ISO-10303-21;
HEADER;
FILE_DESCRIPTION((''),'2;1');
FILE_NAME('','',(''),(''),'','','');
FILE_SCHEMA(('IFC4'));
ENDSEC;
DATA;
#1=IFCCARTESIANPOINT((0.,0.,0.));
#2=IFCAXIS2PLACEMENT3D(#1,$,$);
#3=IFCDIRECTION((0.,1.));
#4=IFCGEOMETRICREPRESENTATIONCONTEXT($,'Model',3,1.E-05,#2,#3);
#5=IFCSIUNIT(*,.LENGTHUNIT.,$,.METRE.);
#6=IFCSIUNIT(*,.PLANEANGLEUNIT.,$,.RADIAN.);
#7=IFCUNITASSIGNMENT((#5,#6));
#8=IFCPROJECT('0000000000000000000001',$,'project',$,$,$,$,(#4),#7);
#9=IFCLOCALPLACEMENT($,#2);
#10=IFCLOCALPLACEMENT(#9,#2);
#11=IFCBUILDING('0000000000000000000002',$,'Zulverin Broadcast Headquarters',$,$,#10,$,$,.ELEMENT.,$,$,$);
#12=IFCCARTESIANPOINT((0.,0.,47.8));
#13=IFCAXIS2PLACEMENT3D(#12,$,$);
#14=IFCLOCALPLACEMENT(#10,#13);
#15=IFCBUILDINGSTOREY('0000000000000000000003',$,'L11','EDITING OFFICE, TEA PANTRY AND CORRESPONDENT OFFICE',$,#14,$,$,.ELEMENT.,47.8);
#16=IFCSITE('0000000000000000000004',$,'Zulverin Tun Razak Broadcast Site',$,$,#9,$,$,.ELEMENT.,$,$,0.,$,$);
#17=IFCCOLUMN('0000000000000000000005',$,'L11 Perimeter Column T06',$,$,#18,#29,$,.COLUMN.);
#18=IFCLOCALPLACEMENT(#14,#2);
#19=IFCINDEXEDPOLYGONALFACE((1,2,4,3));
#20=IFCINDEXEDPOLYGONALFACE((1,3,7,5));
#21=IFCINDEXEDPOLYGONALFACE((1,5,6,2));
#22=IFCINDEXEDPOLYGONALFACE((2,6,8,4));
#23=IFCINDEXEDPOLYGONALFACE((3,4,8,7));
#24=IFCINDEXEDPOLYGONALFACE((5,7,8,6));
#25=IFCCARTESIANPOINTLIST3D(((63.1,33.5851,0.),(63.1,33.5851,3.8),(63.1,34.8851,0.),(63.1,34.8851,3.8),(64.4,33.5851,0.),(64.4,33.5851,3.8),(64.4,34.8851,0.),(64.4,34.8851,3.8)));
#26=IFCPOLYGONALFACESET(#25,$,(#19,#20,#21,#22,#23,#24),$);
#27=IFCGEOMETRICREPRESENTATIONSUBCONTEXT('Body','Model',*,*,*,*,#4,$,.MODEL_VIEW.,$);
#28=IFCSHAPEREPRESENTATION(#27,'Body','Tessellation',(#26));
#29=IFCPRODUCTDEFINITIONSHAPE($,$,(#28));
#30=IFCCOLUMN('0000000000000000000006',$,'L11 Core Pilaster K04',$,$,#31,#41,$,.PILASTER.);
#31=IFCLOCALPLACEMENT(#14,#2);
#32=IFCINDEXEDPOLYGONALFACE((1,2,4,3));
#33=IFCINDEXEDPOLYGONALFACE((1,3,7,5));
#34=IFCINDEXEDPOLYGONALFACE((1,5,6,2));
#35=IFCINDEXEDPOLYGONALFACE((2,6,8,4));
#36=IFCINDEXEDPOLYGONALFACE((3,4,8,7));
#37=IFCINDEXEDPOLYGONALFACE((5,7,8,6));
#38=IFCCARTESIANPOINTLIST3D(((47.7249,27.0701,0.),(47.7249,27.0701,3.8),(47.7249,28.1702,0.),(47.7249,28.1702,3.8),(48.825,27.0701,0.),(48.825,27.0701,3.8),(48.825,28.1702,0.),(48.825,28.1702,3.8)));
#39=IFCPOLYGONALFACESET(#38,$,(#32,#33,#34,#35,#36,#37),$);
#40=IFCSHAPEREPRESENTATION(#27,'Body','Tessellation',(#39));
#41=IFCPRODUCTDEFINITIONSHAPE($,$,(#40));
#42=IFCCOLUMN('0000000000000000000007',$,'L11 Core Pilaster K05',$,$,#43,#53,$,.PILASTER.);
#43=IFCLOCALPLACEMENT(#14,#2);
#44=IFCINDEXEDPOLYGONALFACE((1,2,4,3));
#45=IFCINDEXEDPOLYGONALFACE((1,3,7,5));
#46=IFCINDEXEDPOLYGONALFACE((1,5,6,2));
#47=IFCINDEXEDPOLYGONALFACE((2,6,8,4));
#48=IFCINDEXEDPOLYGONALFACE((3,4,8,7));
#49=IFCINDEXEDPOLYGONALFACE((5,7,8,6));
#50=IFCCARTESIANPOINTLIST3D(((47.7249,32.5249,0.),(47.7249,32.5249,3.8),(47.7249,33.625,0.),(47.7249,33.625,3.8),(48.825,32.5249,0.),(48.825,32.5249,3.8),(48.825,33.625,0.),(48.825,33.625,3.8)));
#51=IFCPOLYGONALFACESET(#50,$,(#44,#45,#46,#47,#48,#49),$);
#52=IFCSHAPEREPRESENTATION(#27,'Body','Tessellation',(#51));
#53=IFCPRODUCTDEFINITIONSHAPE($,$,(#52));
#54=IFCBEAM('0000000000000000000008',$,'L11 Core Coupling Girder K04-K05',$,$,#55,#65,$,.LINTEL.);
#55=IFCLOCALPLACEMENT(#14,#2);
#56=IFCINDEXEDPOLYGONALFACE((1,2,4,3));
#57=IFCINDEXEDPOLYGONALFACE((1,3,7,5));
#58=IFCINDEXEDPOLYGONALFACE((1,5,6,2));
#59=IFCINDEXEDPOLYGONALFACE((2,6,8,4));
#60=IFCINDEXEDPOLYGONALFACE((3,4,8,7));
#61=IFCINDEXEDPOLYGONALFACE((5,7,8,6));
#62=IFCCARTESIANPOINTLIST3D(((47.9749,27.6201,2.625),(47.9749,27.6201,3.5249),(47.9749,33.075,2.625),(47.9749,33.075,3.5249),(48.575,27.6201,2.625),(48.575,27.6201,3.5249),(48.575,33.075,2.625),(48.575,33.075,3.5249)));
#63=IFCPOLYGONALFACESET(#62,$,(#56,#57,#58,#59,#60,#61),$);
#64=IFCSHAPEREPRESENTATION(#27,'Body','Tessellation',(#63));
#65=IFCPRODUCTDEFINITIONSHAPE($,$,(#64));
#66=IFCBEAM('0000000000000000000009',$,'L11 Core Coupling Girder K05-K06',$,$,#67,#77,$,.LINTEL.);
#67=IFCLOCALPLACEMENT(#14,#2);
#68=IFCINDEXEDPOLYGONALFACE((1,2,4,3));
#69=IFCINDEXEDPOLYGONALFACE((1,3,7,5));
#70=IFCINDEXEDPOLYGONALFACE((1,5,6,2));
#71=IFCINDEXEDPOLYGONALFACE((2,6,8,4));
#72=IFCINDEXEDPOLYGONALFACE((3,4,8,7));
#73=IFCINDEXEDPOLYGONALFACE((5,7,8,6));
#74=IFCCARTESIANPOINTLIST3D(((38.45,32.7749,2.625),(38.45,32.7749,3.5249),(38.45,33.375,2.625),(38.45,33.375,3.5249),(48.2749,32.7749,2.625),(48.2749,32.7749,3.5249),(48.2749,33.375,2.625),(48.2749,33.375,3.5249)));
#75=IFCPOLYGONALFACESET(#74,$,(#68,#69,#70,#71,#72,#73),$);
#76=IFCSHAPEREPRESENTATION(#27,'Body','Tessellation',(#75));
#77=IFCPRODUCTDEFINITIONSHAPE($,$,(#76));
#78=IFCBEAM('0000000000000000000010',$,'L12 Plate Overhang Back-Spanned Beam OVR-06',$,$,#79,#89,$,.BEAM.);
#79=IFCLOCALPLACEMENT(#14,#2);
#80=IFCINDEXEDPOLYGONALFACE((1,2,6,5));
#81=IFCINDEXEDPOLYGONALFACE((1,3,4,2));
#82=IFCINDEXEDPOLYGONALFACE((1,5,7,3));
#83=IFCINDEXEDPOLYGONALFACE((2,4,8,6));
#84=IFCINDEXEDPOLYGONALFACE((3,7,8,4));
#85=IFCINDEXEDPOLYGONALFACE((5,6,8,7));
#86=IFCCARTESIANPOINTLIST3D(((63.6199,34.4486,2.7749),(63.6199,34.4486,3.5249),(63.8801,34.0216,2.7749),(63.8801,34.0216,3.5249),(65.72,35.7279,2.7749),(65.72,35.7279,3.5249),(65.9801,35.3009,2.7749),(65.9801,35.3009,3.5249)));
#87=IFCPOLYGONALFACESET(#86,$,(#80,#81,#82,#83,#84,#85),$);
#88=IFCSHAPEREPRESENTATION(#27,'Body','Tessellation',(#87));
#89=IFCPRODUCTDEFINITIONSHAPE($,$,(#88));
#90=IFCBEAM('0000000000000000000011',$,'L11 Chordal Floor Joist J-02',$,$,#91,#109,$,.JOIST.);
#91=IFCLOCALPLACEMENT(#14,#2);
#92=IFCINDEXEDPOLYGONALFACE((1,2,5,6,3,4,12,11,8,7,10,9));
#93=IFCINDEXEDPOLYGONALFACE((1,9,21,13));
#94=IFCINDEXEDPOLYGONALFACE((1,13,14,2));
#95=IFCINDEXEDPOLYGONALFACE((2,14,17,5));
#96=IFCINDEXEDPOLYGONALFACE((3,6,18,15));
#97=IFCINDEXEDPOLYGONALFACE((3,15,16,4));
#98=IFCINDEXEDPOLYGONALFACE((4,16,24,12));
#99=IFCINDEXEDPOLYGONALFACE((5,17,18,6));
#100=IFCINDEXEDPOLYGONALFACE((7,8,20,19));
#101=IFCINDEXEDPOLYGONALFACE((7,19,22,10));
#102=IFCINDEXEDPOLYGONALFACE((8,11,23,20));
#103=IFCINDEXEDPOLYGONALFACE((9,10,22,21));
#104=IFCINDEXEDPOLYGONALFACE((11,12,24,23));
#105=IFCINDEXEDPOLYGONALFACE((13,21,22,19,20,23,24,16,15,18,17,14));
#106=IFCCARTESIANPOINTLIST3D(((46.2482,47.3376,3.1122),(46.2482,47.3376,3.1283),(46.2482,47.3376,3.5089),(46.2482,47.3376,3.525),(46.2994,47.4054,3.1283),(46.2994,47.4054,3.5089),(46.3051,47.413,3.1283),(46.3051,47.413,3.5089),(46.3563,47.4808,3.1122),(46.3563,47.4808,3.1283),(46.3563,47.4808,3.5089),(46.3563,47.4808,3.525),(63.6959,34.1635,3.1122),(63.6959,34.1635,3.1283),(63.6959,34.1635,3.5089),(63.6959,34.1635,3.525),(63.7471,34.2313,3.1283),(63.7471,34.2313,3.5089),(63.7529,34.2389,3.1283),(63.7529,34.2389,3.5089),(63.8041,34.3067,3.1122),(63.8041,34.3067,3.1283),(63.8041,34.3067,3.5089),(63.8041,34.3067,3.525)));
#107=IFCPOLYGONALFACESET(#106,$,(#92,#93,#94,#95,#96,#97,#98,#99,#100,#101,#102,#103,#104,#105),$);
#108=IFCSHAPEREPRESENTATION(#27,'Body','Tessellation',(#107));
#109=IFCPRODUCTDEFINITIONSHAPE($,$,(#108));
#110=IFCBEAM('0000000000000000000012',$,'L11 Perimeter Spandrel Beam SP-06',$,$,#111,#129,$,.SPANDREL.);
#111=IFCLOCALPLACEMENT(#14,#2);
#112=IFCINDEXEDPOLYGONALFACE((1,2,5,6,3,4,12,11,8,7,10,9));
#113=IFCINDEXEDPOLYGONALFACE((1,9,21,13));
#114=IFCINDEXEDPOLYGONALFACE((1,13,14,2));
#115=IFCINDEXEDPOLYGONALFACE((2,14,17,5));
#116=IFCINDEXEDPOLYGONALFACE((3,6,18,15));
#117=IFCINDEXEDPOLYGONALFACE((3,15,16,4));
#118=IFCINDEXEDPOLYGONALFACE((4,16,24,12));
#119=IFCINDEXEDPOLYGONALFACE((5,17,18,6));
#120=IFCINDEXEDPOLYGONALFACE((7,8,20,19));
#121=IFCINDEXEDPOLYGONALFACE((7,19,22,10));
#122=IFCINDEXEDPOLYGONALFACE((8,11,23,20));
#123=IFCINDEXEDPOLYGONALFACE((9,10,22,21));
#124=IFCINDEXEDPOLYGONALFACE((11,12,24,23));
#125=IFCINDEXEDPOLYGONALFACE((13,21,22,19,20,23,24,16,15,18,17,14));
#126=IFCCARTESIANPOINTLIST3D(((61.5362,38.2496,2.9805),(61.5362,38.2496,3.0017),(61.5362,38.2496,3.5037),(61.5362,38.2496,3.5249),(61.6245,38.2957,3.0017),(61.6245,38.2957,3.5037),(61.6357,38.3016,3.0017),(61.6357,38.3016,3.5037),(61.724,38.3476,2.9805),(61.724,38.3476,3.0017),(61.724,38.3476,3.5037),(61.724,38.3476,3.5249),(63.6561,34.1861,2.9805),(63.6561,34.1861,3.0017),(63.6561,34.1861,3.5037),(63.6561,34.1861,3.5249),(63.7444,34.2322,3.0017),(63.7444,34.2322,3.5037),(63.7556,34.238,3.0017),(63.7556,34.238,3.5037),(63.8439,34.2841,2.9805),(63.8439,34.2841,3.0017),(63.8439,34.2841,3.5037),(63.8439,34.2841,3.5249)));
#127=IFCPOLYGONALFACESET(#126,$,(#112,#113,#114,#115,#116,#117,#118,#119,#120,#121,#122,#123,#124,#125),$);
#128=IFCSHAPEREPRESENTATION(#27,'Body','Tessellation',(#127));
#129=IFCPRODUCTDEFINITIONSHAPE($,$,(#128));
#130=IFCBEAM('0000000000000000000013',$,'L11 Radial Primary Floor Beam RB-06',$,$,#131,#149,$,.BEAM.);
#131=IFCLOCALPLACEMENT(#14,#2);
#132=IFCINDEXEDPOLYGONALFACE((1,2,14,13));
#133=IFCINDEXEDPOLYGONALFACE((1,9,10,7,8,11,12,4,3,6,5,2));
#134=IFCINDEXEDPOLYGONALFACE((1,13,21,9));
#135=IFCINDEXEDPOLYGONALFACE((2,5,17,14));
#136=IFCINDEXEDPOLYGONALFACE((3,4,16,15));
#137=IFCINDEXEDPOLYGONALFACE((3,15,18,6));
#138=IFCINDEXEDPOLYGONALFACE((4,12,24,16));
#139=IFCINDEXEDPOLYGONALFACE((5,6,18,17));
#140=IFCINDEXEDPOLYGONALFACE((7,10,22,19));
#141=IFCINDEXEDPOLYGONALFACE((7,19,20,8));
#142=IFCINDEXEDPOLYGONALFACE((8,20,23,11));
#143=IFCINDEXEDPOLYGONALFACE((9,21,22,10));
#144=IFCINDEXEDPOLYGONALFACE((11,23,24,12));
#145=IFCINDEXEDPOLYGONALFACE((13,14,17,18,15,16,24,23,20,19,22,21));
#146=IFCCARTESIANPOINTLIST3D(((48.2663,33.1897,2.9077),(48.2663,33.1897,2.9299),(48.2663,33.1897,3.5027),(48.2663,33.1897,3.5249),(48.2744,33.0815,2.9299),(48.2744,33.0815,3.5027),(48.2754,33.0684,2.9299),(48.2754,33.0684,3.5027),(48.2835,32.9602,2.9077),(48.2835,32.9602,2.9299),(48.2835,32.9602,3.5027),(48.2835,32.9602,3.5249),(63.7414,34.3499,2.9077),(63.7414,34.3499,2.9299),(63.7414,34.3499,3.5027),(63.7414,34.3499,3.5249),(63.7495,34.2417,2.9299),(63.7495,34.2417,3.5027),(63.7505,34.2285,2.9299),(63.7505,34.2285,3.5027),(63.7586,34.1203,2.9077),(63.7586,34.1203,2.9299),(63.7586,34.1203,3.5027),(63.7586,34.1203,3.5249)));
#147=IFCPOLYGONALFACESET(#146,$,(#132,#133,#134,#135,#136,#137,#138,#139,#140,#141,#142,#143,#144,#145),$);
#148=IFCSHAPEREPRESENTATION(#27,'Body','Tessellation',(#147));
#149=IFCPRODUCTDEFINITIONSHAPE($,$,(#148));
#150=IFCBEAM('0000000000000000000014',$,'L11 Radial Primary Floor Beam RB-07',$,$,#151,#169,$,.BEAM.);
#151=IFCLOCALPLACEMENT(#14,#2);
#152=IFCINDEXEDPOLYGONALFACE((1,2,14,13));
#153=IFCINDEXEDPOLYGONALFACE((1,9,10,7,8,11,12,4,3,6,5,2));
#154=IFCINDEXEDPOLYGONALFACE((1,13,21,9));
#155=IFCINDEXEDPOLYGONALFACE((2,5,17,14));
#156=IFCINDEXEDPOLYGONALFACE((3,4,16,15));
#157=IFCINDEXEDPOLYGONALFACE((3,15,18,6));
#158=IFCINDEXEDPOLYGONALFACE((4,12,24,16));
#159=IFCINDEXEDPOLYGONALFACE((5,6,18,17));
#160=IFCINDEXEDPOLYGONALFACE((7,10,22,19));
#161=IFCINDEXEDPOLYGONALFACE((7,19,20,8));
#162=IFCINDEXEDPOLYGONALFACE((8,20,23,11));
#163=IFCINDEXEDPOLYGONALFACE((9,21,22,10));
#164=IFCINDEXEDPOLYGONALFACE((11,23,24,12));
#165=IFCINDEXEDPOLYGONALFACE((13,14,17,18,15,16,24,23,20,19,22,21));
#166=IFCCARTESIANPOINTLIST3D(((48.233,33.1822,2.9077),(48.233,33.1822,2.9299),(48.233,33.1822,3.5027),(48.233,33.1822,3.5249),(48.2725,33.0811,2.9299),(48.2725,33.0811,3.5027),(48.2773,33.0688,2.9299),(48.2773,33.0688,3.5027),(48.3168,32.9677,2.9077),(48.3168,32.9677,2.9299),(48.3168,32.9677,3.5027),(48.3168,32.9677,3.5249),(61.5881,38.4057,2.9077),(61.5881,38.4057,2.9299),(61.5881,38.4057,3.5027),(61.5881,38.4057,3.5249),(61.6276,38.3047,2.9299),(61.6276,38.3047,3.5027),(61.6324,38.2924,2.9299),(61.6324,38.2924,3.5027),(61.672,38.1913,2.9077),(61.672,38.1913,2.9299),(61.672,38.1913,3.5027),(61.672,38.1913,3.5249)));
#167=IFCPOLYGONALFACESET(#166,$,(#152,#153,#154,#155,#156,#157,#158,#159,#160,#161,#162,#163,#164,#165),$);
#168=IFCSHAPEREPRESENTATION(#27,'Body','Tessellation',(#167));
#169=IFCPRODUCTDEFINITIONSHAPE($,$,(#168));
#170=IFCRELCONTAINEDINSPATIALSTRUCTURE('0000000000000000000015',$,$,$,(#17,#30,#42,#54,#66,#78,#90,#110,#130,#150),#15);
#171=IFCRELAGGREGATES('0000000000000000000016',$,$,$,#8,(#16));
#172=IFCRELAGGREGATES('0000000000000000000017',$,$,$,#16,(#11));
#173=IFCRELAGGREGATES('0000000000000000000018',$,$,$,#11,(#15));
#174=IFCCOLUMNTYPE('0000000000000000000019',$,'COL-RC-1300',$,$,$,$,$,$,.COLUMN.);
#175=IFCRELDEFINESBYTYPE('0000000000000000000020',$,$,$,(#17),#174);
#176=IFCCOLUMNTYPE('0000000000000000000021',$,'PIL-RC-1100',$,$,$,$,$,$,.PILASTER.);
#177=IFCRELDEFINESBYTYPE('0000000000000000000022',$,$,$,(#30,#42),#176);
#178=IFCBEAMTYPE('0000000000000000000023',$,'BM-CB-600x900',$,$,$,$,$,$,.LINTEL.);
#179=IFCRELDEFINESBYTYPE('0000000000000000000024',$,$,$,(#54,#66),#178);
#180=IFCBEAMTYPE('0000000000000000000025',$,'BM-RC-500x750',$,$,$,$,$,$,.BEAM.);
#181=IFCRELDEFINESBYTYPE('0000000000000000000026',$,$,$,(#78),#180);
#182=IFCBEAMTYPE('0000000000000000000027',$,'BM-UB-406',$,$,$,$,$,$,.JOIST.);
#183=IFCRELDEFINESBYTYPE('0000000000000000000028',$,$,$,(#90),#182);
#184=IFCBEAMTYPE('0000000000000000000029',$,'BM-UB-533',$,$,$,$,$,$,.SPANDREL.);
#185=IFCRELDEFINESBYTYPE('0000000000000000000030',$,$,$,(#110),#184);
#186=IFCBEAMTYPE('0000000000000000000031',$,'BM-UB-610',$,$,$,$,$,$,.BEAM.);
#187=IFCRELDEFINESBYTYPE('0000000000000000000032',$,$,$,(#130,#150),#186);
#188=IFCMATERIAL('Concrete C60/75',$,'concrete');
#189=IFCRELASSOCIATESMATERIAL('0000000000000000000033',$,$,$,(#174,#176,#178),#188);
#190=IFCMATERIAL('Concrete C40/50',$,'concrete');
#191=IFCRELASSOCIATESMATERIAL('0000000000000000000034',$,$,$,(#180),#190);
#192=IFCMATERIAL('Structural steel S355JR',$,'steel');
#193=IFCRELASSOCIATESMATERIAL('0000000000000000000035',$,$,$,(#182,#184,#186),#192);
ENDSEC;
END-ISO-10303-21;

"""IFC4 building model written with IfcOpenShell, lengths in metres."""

from ifc_helpers import new_model, si_unit, direction, frame, origin, origin_2d, place, context, subcontext, project, spatial, rectangle, i_section, extrude, material, material_profile, profile_set, type_object, element, save


model = new_model("IFC4")

# Units and contexts
model_context = context("Model", 3, precision=1e-05, world=origin(), true_north=direction((0.0, 1.0)))
body_context = subcontext(model_context, "Body", "Model", "MODEL_VIEW")
ifc_project = project(units=[si_unit("LENGTHUNIT", "METRE"), si_unit("PLANEANGLEUNIT", "RADIAN")], contexts=[model_context])

# Site, building, storey
site_placement = place(None, origin())
site = spatial("IfcSite", under=ifc_project, at=site_placement, Name="Zulverin Tun Razak Broadcast Site", CompositionType="ELEMENT", RefElevation=0.0)
building_placement = place(site_placement, origin())
building = spatial("IfcBuilding", under=site, at=building_placement, Name="Zulverin Broadcast Headquarters", CompositionType="ELEMENT")
storey_placement = place(building_placement, frame((0.0, 0.0, 47.8)))
storey = spatial("IfcBuildingStorey", under=building, at=storey_placement, Name="L11", Description="EDITING OFFICE, TEA PANTRY AND CORRESPONDENT OFFICE", CompositionType="ELEMENT", Elevation=47.8)

# Columns
ifc_material_1 = material(Name="Concrete C60/75", Category="concrete")
ifc_material_profile_1 = material_profile(ifc_material_1, rectangle(XDim=1.3, YDim=1.3, at=origin_2d()), Name="Concrete C60/75", Category="concrete")
ifc_profile_set_1 = profile_set([ifc_material_profile_1], Name="Concrete C60/75")
column_type_1 = type_object("IfcColumnType", Name="COL-RC-1300", PredefinedType="COLUMN", material=ifc_profile_set_1)
column_placement = place(storey_placement, frame((63.75, 34.2351, 0.0), z_axis=(0.0, 0.0, 1.0), x_axis=(1.0, 0.0, 0.0)))
element("IfcColumn", 1, at=column_placement, inside=storey, type_object=column_type_1, Name="L11 Perimeter Column T06", PredefinedType="COLUMN", context=body_context, shape_type="SweptSolid", body=[
    extrude(rectangle(XDim=1.3, YDim=1.3, at=origin_2d()), origin(), (0.0, 0.0, 1.0), 3.8),
])
ifc_material_profile_2 = material_profile(ifc_material_1, rectangle(XDim=1.1001, YDim=1.1001, at=origin_2d()), Name="Concrete C60/75", Category="concrete")
ifc_profile_set_2 = profile_set([ifc_material_profile_2], Name="Concrete C60/75")
column_type_2 = type_object("IfcColumnType", Name="PIL-RC-1100", PredefinedType="PILASTER", material=ifc_profile_set_2)
for number, where, z_axis, x_axis, name in (
    (2, (48.2749, 27.6201, 0.0), (0.0, 0.0, 1.0), (1.0, 0.0, 0.0), "L11 Core Pilaster K04"),
    (3, (48.2749, 33.075, 0.0), (0.0, 0.0, 1.0), (1.0, 0.0, 0.0), "L11 Core Pilaster K05"),
):
    element("IfcColumn", number, at=place(storey_placement, frame(where, z_axis=z_axis, x_axis=x_axis)), inside=storey, type_object=column_type_2, Name=name, PredefinedType="PILASTER", context=body_context, shape_type="SweptSolid", body=[
        extrude(rectangle(XDim=1.1001, YDim=1.1001, at=origin_2d()), origin(), (0.0, 0.0, 1.0), 3.8),
    ])

# Beams
ifc_material_profile_3 = material_profile(ifc_material_1, rectangle(XDim=0.6001, YDim=0.8999, at=origin_2d()), Name="Concrete C60/75", Category="concrete")
ifc_profile_set_3 = profile_set([ifc_material_profile_3], Name="Concrete C60/75")
beam_type_1 = type_object("IfcBeamType", Name="BM-CB-600x900", PredefinedType="LINTEL", material=ifc_profile_set_3)
beam_1_placement = place(storey_placement, frame((48.2749, 27.6201, 3.075), z_axis=(0.0, 1.0, 0.0), x_axis=(-1.0, 0.0, 0.0)))
element("IfcBeam", 4, at=beam_1_placement, inside=storey, type_object=beam_type_1, Name="L11 Core Coupling Girder K04-K05", PredefinedType="LINTEL", context=body_context, shape_type="SweptSolid", body=[
    extrude(rectangle(XDim=0.6001, YDim=0.8999, at=origin_2d()), origin(), (0.0, 0.0, 1.0), 5.4548),
])
beam_2_placement = place(storey_placement, frame((48.2749, 33.075, 3.075), z_axis=(-1.0, 0.0, 0.0), x_axis=(0.0, -1.0, 0.0)))
element("IfcBeam", 5, at=beam_2_placement, inside=storey, type_object=beam_type_1, Name="L11 Core Coupling Girder K05-K06", PredefinedType="LINTEL", context=body_context, shape_type="SweptSolid", body=[
    extrude(rectangle(XDim=0.6001, YDim=0.8999, at=origin_2d()), origin(), (0.0, 0.0, 1.0), 9.825),
])
ifc_material_2 = material(Name="Concrete C40/50", Category="concrete")
ifc_material_profile_4 = material_profile(ifc_material_2, rectangle(XDim=0.5, YDim=0.75, at=origin_2d()), Name="Concrete C40/50", Category="concrete")
ifc_profile_set_4 = profile_set([ifc_material_profile_4], Name="Concrete C40/50")
beam_type_2 = type_object("IfcBeamType", Name="BM-RC-500x750", PredefinedType="BEAM", material=ifc_profile_set_4)
beam_3_placement = place(storey_placement, frame((63.75, 34.2351, 3.1499), z_axis=(0.854022, 0.520237, 0.0), x_axis=(-0.520237, 0.854022, 0.0)))
element("IfcBeam", 6, at=beam_3_placement, inside=storey, type_object=beam_type_2, Name="L12 Plate Overhang Back-Spanned Beam OVR-06", PredefinedType="BEAM", context=body_context, shape_type="SweptSolid", body=[
    extrude(rectangle(XDim=0.5, YDim=0.75, at=origin_2d()), origin(), (0.0, 0.0, 1.0), 2.459),
])
ifc_material_3 = material(Name="Structural steel S355JR", Category="steel")
ifc_material_profile_5 = material_profile(ifc_material_3, i_section(OverallWidth=0.1794, OverallDepth=0.4128, WebThickness=0.0095, FlangeThickness=0.0161, at=origin_2d()), Name="Structural steel S355JR", Category="steel")
ifc_profile_set_5 = profile_set([ifc_material_profile_5], Name="Structural steel S355JR")
beam_type_3 = type_object("IfcBeamType", Name="BM-UB-406", PredefinedType="JOIST", material=ifc_profile_set_5)
beam_4_placement = place(storey_placement, frame((63.75, 34.2351, 3.3186), z_axis=(-0.798058, 0.60258, 0.0), x_axis=(-0.60258, -0.798058, 0.0)))
element("IfcBeam", 7, at=beam_4_placement, inside=storey, type_object=beam_type_3, Name="L11 Chordal Floor Joist J-02", PredefinedType="JOIST", context=body_context, shape_type="SweptSolid", body=[
    extrude(i_section(OverallWidth=0.1794, OverallDepth=0.4128, WebThickness=0.0095, FlangeThickness=0.0161, at=origin_2d()), origin(), (0.0, 0.0, 1.0), 21.8628),
])
ifc_material_profile_6 = material_profile(ifc_material_3, i_section(OverallWidth=0.2119, OverallDepth=0.5444, WebThickness=0.0127, FlangeThickness=0.0212, at=origin_2d()), Name="Structural steel S355JR", Category="steel")
ifc_profile_set_6 = profile_set([ifc_material_profile_6], Name="Structural steel S355JR")
beam_type_4 = type_object("IfcBeamType", Name="BM-UB-533", PredefinedType="SPANDREL", material=ifc_profile_set_6)
beam_5_placement = place(storey_placement, frame((63.75, 34.2351, 3.2527), z_axis=(-0.462531, 0.886603, 0.0), x_axis=(-0.886603, -0.462531, 0.0)))
element("IfcBeam", 8, at=beam_5_placement, inside=storey, type_object=beam_type_4, Name="L11 Perimeter Spandrel Beam SP-06", PredefinedType="SPANDREL", context=body_context, shape_type="SweptSolid", body=[
    extrude(i_section(OverallWidth=0.2119, OverallDepth=0.5444, WebThickness=0.0127, FlangeThickness=0.0212, at=origin_2d()), origin(), (0.0, 0.0, 1.0), 4.5833),
])
ifc_material_profile_7 = material_profile(ifc_material_3, i_section(OverallWidth=0.2302, OverallDepth=0.6172, WebThickness=0.0132, FlangeThickness=0.0222, at=origin_2d()), Name="Structural steel S355JR", Category="steel")
ifc_profile_set_7 = profile_set([ifc_material_profile_7], Name="Structural steel S355JR")
beam_type_5 = type_object("IfcBeamType", Name="BM-UB-610", PredefinedType="BEAM", material=ifc_profile_set_7)
beam_6_placement = place(storey_placement, frame((48.2749, 33.075, 3.2163), z_axis=(0.997202, 0.074759, 0.0), x_axis=(-0.074759, 0.997202, 0.0)))
element("IfcBeam", 9, at=beam_6_placement, inside=storey, type_object=beam_type_5, Name="L11 Radial Primary Floor Beam RB-06", PredefinedType="BEAM", context=body_context, shape_type="SweptSolid", body=[
    extrude(i_section(OverallWidth=0.2302, OverallDepth=0.6172, WebThickness=0.0132, FlangeThickness=0.0222, at=origin_2d()), origin(), (0.0, 0.0, 1.0), 15.5186),
])
beam_7_placement = place(storey_placement, frame((48.2749, 33.075, 3.2163), z_axis=(0.931298, 0.364259, 0.0), x_axis=(-0.364259, 0.931298, 0.0)))
element("IfcBeam", 10, at=beam_7_placement, inside=storey, type_object=beam_type_5, Name="L11 Radial Primary Floor Beam RB-07", PredefinedType="BEAM", context=body_context, shape_type="SweptSolid", body=[
    extrude(i_section(OverallWidth=0.2302, OverallDepth=0.6172, WebThickness=0.0132, FlangeThickness=0.0222, at=origin_2d()), origin(), (0.0, 0.0, 1.0), 14.3403),
])

save(model, "model.ifc")
